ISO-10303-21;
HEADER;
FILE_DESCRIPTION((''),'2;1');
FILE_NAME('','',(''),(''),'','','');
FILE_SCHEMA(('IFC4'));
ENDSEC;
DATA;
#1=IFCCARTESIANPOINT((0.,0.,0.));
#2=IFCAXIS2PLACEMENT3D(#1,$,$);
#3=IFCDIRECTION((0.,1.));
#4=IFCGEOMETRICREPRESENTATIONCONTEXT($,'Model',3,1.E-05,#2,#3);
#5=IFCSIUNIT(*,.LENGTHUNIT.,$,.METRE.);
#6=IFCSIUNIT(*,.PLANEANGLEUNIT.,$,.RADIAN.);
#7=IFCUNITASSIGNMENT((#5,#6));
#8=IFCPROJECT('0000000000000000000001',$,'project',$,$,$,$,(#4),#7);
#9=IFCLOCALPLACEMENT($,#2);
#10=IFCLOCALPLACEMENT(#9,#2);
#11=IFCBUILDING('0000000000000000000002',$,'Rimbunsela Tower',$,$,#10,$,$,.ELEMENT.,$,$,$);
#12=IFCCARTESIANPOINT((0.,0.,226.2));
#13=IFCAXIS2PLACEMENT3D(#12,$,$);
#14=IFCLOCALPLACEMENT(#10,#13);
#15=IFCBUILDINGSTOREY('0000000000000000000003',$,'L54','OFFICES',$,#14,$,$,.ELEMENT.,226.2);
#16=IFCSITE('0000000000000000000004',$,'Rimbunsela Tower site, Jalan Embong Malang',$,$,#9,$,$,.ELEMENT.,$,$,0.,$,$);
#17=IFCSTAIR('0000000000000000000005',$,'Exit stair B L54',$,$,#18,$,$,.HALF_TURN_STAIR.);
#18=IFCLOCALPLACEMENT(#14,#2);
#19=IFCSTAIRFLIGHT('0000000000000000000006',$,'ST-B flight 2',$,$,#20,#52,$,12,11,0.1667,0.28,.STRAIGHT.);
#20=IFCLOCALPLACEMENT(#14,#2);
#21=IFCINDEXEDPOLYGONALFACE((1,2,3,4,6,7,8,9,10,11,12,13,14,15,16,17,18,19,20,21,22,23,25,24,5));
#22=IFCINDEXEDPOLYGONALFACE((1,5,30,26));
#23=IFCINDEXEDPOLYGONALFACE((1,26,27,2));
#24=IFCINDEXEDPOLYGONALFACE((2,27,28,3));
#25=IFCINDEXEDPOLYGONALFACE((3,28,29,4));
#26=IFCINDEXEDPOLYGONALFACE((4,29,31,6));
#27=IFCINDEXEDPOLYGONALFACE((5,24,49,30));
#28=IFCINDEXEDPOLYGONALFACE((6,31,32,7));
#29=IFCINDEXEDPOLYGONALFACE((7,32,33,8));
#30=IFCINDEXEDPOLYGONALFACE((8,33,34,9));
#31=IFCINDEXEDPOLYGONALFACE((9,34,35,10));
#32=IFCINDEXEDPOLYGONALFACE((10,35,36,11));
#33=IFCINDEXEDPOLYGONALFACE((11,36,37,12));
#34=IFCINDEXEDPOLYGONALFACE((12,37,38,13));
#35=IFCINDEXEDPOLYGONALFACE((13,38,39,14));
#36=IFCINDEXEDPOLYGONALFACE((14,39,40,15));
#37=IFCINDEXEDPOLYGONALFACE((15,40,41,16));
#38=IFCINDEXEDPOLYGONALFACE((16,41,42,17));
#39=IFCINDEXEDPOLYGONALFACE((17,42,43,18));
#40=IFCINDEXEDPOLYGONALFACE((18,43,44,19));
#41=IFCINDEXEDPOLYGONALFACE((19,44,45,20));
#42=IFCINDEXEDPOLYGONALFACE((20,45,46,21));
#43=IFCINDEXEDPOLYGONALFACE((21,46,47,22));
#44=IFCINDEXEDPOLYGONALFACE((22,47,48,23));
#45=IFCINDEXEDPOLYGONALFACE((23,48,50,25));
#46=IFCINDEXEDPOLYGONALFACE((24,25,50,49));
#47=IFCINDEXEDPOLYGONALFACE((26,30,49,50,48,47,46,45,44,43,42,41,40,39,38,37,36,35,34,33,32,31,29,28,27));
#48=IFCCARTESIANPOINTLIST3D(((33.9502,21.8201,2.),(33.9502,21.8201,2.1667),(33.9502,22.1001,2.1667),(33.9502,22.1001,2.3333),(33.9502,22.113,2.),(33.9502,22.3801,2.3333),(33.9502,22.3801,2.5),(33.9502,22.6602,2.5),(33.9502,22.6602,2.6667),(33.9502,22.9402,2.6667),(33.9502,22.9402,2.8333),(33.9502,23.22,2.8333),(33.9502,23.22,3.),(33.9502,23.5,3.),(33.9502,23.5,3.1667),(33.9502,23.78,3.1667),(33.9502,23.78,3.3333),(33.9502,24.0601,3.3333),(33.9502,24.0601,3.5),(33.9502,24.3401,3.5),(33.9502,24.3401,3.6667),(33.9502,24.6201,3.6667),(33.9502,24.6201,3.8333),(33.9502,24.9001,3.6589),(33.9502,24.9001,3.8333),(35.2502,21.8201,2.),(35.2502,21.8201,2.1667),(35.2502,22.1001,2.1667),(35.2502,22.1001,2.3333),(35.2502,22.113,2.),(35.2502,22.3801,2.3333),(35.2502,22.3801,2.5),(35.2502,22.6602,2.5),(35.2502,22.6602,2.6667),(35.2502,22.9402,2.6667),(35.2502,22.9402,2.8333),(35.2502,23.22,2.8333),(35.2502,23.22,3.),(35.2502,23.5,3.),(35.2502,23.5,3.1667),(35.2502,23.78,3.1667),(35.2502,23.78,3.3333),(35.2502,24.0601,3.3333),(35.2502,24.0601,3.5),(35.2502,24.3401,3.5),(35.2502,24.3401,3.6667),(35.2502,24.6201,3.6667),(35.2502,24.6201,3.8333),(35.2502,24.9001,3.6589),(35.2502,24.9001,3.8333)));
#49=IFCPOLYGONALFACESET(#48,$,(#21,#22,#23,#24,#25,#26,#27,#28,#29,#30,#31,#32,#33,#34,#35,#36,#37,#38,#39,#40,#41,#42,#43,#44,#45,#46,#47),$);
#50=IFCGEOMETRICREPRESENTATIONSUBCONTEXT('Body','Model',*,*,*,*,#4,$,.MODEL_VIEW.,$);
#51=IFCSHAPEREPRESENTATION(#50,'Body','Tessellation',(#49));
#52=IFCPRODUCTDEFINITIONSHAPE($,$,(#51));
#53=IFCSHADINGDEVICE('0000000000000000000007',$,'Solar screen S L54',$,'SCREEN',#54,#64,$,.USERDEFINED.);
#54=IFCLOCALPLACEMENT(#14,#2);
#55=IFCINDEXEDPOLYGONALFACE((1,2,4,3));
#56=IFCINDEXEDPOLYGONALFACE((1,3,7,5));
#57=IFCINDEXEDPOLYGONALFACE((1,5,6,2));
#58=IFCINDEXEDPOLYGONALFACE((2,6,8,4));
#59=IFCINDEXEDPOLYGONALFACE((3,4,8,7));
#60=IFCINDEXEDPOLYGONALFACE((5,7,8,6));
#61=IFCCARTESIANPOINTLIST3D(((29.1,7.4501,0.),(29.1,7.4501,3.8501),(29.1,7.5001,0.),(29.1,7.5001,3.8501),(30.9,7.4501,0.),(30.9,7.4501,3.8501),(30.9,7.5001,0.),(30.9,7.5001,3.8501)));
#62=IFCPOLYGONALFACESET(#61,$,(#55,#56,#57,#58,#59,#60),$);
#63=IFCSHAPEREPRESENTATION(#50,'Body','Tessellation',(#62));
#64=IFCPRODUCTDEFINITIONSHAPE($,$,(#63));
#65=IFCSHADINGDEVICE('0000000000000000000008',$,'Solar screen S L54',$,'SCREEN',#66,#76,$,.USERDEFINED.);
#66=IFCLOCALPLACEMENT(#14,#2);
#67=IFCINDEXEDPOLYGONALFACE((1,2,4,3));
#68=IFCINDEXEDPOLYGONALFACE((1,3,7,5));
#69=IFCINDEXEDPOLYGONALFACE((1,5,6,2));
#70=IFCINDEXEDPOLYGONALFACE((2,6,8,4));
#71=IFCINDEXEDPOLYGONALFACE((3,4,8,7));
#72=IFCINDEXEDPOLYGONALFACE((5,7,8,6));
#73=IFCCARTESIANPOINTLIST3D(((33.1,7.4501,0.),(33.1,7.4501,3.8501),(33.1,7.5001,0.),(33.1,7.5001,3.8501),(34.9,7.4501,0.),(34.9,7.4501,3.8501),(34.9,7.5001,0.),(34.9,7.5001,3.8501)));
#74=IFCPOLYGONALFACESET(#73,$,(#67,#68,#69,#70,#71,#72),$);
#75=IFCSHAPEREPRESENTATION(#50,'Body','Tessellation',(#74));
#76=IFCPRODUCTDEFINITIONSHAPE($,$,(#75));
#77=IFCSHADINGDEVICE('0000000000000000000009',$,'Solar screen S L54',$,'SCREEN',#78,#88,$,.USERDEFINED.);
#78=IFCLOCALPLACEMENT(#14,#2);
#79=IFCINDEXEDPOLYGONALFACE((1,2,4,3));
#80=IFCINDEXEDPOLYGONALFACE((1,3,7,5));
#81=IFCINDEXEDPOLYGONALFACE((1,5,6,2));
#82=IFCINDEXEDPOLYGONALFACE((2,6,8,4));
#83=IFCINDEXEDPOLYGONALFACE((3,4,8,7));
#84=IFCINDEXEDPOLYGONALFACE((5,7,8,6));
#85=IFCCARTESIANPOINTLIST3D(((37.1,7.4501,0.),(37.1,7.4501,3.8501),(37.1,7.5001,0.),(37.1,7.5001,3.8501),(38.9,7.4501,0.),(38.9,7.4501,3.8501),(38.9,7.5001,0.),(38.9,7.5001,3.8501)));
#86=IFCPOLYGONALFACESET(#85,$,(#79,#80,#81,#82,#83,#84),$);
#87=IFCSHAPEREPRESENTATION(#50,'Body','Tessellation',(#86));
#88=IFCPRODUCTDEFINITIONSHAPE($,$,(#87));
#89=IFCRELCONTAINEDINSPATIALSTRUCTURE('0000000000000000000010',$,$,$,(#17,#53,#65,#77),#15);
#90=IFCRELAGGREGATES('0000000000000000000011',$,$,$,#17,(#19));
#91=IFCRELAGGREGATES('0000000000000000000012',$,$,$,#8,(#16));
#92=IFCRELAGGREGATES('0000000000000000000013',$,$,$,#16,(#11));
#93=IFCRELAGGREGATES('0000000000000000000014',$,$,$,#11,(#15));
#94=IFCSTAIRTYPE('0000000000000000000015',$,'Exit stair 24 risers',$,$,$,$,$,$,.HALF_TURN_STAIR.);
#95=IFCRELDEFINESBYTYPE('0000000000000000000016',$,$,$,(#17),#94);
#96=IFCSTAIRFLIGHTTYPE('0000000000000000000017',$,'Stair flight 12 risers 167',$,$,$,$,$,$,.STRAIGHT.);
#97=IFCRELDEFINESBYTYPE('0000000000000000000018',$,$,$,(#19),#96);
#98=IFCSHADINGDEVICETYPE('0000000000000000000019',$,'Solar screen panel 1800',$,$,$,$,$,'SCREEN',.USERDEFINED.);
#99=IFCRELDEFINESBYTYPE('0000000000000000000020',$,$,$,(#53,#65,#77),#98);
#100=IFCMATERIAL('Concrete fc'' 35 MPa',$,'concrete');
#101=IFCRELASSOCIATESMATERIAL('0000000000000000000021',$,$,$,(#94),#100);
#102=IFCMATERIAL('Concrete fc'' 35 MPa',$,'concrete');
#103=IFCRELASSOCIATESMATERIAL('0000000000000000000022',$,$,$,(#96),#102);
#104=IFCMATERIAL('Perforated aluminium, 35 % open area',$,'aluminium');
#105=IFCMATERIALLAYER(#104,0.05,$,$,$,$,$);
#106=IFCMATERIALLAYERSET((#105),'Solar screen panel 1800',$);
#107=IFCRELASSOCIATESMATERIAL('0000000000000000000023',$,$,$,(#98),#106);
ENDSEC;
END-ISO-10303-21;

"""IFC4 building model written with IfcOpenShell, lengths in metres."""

from ifc_helpers import new_model, si_unit, direction, frame, origin, origin_2d, place, context, subcontext, project, spatial, polyline, rectangle, outline, extrude, material, layer, layer_set, type_object, element, aggregate, save


model = new_model("IFC4")

# Units and contexts
model_context = context("Model", 3, precision=1e-05, world=origin(), true_north=direction((0.0, 1.0)))
body_context = subcontext(model_context, "Body", "Model", "MODEL_VIEW")
ifc_project = project(units=[si_unit("LENGTHUNIT", "METRE"), si_unit("PLANEANGLEUNIT", "RADIAN")], contexts=[model_context])

# Site, building, storey
site_placement = place(None, origin())
site = spatial("IfcSite", under=ifc_project, at=site_placement, Name="Rimbunsela Tower site, Jalan Embong Malang", CompositionType="ELEMENT", RefElevation=0.0)
building_placement = place(site_placement, origin())
building = spatial("IfcBuilding", under=site, at=building_placement, Name="Rimbunsela Tower", CompositionType="ELEMENT")
storey_placement = place(building_placement, frame((0.0, 0.0, 226.2)))
storey = spatial("IfcBuildingStorey", under=building, at=storey_placement, Name="L54", Description="OFFICES", CompositionType="ELEMENT", Elevation=226.2)

# Stair, stair flight
ifc_material_1 = material(Name="Concrete fc' 35 MPa", Category="concrete")
stair_type = type_object("IfcStairType", Name="Exit stair 24 risers", PredefinedType="HALF_TURN_STAIR", material=ifc_material_1)
stair_placement = place(storey_placement, origin())
stair = element("IfcStair", 1, at=stair_placement, inside=storey, type_object=stair_type, Name="Exit stair B L54", PredefinedType="HALF_TURN_STAIR")
ifc_material_2 = material(Name="Concrete fc' 35 MPa", Category="concrete")
stair_flight_type = type_object("IfcStairFlightType", Name="Stair flight 12 risers 167", PredefinedType="STRAIGHT", material=ifc_material_2)
stair_flight_placement = place(storey_placement, frame((34.6001, 21.8201, 2.0), z_axis=(0.0, 0.0, 1.0), x_axis=(0.0, 1.0, 0.0)))
stair_flight = element("IfcStairFlight", 2, at=stair_flight_placement, type_object=stair_flight_type, Name="ST-B flight 2", NumberOfRisers=12, NumberOfTreads=11, PredefinedType="STRAIGHT", RiserHeight=0.1667, TreadLength=0.28, context=body_context, shape_type="SweptSolid", body=[
    extrude(outline(polyline([(0.0, 0.0), (0.0, 0.1667), (0.28, 0.1667), (0.28, 0.3333), (0.5601, 0.3333), (0.5601, 0.5), (0.8401, 0.5), (0.8401, 0.6667), (1.1201, 0.6667), (1.1201, 0.8333), (1.3999, 0.8333), (1.3999, 1.0), (1.6799, 1.0), (1.6799, 1.1667), (1.96, 1.1667), (1.96, 1.3333), (2.24, 1.3333), (2.24, 1.5), (2.52, 1.5), (2.52, 1.6667), (2.8, 1.6667), (2.8, 1.8333), (3.0801, 1.8333), (3.0801, 2.0), (3.0801, 1.6589), (0.293, 0.0), (0.0, 0.0)])), frame((0.0, 0.6499, 0.0), z_axis=(0.0, -1.0, 0.0), x_axis=(1.0, 0.0, 0.0)), (0.0, 0.0, 1.0), 1.3),
])
aggregate(stair, [stair_flight])

# Shading devices
ifc_material_3 = material(Name="Perforated aluminium, 35 % open area", Category="aluminium")
ifc_layer_1 = layer(ifc_material_3, 0.05)
ifc_layer_set_1 = layer_set([ifc_layer_1], Name="Solar screen panel 1800")
shading_device_type = type_object("IfcShadingDeviceType", Name="Solar screen panel 1800", ElementType="SCREEN", PredefinedType="USERDEFINED", material=ifc_layer_set_1)
for number, where, z_axis, x_axis, name in (
    (3, (30.0, 7.4751, 0.0), (0.0, 0.0, 1.0), (1.0, 0.0, 0.0), "Solar screen S L54"),
    (4, (34.0, 7.4751, 0.0), (0.0, 0.0, 1.0), (1.0, 0.0, 0.0), "Solar screen S L54"),
    (5, (38.0, 7.4751, 0.0), (0.0, 0.0, 1.0), (1.0, 0.0, 0.0), "Solar screen S L54"),
):
    element("IfcShadingDevice", number, at=place(storey_placement, frame(where, z_axis=z_axis, x_axis=x_axis)), inside=storey, type_object=shading_device_type, Name=name, ObjectType="SCREEN", PredefinedType="USERDEFINED", context=body_context, shape_type="SweptSolid", body=[
        extrude(rectangle(XDim=1.8, YDim=0.05, at=origin_2d()), origin(), (0.0, 0.0, 1.0), 3.8501),
    ])

save(model, "model.ifc")
